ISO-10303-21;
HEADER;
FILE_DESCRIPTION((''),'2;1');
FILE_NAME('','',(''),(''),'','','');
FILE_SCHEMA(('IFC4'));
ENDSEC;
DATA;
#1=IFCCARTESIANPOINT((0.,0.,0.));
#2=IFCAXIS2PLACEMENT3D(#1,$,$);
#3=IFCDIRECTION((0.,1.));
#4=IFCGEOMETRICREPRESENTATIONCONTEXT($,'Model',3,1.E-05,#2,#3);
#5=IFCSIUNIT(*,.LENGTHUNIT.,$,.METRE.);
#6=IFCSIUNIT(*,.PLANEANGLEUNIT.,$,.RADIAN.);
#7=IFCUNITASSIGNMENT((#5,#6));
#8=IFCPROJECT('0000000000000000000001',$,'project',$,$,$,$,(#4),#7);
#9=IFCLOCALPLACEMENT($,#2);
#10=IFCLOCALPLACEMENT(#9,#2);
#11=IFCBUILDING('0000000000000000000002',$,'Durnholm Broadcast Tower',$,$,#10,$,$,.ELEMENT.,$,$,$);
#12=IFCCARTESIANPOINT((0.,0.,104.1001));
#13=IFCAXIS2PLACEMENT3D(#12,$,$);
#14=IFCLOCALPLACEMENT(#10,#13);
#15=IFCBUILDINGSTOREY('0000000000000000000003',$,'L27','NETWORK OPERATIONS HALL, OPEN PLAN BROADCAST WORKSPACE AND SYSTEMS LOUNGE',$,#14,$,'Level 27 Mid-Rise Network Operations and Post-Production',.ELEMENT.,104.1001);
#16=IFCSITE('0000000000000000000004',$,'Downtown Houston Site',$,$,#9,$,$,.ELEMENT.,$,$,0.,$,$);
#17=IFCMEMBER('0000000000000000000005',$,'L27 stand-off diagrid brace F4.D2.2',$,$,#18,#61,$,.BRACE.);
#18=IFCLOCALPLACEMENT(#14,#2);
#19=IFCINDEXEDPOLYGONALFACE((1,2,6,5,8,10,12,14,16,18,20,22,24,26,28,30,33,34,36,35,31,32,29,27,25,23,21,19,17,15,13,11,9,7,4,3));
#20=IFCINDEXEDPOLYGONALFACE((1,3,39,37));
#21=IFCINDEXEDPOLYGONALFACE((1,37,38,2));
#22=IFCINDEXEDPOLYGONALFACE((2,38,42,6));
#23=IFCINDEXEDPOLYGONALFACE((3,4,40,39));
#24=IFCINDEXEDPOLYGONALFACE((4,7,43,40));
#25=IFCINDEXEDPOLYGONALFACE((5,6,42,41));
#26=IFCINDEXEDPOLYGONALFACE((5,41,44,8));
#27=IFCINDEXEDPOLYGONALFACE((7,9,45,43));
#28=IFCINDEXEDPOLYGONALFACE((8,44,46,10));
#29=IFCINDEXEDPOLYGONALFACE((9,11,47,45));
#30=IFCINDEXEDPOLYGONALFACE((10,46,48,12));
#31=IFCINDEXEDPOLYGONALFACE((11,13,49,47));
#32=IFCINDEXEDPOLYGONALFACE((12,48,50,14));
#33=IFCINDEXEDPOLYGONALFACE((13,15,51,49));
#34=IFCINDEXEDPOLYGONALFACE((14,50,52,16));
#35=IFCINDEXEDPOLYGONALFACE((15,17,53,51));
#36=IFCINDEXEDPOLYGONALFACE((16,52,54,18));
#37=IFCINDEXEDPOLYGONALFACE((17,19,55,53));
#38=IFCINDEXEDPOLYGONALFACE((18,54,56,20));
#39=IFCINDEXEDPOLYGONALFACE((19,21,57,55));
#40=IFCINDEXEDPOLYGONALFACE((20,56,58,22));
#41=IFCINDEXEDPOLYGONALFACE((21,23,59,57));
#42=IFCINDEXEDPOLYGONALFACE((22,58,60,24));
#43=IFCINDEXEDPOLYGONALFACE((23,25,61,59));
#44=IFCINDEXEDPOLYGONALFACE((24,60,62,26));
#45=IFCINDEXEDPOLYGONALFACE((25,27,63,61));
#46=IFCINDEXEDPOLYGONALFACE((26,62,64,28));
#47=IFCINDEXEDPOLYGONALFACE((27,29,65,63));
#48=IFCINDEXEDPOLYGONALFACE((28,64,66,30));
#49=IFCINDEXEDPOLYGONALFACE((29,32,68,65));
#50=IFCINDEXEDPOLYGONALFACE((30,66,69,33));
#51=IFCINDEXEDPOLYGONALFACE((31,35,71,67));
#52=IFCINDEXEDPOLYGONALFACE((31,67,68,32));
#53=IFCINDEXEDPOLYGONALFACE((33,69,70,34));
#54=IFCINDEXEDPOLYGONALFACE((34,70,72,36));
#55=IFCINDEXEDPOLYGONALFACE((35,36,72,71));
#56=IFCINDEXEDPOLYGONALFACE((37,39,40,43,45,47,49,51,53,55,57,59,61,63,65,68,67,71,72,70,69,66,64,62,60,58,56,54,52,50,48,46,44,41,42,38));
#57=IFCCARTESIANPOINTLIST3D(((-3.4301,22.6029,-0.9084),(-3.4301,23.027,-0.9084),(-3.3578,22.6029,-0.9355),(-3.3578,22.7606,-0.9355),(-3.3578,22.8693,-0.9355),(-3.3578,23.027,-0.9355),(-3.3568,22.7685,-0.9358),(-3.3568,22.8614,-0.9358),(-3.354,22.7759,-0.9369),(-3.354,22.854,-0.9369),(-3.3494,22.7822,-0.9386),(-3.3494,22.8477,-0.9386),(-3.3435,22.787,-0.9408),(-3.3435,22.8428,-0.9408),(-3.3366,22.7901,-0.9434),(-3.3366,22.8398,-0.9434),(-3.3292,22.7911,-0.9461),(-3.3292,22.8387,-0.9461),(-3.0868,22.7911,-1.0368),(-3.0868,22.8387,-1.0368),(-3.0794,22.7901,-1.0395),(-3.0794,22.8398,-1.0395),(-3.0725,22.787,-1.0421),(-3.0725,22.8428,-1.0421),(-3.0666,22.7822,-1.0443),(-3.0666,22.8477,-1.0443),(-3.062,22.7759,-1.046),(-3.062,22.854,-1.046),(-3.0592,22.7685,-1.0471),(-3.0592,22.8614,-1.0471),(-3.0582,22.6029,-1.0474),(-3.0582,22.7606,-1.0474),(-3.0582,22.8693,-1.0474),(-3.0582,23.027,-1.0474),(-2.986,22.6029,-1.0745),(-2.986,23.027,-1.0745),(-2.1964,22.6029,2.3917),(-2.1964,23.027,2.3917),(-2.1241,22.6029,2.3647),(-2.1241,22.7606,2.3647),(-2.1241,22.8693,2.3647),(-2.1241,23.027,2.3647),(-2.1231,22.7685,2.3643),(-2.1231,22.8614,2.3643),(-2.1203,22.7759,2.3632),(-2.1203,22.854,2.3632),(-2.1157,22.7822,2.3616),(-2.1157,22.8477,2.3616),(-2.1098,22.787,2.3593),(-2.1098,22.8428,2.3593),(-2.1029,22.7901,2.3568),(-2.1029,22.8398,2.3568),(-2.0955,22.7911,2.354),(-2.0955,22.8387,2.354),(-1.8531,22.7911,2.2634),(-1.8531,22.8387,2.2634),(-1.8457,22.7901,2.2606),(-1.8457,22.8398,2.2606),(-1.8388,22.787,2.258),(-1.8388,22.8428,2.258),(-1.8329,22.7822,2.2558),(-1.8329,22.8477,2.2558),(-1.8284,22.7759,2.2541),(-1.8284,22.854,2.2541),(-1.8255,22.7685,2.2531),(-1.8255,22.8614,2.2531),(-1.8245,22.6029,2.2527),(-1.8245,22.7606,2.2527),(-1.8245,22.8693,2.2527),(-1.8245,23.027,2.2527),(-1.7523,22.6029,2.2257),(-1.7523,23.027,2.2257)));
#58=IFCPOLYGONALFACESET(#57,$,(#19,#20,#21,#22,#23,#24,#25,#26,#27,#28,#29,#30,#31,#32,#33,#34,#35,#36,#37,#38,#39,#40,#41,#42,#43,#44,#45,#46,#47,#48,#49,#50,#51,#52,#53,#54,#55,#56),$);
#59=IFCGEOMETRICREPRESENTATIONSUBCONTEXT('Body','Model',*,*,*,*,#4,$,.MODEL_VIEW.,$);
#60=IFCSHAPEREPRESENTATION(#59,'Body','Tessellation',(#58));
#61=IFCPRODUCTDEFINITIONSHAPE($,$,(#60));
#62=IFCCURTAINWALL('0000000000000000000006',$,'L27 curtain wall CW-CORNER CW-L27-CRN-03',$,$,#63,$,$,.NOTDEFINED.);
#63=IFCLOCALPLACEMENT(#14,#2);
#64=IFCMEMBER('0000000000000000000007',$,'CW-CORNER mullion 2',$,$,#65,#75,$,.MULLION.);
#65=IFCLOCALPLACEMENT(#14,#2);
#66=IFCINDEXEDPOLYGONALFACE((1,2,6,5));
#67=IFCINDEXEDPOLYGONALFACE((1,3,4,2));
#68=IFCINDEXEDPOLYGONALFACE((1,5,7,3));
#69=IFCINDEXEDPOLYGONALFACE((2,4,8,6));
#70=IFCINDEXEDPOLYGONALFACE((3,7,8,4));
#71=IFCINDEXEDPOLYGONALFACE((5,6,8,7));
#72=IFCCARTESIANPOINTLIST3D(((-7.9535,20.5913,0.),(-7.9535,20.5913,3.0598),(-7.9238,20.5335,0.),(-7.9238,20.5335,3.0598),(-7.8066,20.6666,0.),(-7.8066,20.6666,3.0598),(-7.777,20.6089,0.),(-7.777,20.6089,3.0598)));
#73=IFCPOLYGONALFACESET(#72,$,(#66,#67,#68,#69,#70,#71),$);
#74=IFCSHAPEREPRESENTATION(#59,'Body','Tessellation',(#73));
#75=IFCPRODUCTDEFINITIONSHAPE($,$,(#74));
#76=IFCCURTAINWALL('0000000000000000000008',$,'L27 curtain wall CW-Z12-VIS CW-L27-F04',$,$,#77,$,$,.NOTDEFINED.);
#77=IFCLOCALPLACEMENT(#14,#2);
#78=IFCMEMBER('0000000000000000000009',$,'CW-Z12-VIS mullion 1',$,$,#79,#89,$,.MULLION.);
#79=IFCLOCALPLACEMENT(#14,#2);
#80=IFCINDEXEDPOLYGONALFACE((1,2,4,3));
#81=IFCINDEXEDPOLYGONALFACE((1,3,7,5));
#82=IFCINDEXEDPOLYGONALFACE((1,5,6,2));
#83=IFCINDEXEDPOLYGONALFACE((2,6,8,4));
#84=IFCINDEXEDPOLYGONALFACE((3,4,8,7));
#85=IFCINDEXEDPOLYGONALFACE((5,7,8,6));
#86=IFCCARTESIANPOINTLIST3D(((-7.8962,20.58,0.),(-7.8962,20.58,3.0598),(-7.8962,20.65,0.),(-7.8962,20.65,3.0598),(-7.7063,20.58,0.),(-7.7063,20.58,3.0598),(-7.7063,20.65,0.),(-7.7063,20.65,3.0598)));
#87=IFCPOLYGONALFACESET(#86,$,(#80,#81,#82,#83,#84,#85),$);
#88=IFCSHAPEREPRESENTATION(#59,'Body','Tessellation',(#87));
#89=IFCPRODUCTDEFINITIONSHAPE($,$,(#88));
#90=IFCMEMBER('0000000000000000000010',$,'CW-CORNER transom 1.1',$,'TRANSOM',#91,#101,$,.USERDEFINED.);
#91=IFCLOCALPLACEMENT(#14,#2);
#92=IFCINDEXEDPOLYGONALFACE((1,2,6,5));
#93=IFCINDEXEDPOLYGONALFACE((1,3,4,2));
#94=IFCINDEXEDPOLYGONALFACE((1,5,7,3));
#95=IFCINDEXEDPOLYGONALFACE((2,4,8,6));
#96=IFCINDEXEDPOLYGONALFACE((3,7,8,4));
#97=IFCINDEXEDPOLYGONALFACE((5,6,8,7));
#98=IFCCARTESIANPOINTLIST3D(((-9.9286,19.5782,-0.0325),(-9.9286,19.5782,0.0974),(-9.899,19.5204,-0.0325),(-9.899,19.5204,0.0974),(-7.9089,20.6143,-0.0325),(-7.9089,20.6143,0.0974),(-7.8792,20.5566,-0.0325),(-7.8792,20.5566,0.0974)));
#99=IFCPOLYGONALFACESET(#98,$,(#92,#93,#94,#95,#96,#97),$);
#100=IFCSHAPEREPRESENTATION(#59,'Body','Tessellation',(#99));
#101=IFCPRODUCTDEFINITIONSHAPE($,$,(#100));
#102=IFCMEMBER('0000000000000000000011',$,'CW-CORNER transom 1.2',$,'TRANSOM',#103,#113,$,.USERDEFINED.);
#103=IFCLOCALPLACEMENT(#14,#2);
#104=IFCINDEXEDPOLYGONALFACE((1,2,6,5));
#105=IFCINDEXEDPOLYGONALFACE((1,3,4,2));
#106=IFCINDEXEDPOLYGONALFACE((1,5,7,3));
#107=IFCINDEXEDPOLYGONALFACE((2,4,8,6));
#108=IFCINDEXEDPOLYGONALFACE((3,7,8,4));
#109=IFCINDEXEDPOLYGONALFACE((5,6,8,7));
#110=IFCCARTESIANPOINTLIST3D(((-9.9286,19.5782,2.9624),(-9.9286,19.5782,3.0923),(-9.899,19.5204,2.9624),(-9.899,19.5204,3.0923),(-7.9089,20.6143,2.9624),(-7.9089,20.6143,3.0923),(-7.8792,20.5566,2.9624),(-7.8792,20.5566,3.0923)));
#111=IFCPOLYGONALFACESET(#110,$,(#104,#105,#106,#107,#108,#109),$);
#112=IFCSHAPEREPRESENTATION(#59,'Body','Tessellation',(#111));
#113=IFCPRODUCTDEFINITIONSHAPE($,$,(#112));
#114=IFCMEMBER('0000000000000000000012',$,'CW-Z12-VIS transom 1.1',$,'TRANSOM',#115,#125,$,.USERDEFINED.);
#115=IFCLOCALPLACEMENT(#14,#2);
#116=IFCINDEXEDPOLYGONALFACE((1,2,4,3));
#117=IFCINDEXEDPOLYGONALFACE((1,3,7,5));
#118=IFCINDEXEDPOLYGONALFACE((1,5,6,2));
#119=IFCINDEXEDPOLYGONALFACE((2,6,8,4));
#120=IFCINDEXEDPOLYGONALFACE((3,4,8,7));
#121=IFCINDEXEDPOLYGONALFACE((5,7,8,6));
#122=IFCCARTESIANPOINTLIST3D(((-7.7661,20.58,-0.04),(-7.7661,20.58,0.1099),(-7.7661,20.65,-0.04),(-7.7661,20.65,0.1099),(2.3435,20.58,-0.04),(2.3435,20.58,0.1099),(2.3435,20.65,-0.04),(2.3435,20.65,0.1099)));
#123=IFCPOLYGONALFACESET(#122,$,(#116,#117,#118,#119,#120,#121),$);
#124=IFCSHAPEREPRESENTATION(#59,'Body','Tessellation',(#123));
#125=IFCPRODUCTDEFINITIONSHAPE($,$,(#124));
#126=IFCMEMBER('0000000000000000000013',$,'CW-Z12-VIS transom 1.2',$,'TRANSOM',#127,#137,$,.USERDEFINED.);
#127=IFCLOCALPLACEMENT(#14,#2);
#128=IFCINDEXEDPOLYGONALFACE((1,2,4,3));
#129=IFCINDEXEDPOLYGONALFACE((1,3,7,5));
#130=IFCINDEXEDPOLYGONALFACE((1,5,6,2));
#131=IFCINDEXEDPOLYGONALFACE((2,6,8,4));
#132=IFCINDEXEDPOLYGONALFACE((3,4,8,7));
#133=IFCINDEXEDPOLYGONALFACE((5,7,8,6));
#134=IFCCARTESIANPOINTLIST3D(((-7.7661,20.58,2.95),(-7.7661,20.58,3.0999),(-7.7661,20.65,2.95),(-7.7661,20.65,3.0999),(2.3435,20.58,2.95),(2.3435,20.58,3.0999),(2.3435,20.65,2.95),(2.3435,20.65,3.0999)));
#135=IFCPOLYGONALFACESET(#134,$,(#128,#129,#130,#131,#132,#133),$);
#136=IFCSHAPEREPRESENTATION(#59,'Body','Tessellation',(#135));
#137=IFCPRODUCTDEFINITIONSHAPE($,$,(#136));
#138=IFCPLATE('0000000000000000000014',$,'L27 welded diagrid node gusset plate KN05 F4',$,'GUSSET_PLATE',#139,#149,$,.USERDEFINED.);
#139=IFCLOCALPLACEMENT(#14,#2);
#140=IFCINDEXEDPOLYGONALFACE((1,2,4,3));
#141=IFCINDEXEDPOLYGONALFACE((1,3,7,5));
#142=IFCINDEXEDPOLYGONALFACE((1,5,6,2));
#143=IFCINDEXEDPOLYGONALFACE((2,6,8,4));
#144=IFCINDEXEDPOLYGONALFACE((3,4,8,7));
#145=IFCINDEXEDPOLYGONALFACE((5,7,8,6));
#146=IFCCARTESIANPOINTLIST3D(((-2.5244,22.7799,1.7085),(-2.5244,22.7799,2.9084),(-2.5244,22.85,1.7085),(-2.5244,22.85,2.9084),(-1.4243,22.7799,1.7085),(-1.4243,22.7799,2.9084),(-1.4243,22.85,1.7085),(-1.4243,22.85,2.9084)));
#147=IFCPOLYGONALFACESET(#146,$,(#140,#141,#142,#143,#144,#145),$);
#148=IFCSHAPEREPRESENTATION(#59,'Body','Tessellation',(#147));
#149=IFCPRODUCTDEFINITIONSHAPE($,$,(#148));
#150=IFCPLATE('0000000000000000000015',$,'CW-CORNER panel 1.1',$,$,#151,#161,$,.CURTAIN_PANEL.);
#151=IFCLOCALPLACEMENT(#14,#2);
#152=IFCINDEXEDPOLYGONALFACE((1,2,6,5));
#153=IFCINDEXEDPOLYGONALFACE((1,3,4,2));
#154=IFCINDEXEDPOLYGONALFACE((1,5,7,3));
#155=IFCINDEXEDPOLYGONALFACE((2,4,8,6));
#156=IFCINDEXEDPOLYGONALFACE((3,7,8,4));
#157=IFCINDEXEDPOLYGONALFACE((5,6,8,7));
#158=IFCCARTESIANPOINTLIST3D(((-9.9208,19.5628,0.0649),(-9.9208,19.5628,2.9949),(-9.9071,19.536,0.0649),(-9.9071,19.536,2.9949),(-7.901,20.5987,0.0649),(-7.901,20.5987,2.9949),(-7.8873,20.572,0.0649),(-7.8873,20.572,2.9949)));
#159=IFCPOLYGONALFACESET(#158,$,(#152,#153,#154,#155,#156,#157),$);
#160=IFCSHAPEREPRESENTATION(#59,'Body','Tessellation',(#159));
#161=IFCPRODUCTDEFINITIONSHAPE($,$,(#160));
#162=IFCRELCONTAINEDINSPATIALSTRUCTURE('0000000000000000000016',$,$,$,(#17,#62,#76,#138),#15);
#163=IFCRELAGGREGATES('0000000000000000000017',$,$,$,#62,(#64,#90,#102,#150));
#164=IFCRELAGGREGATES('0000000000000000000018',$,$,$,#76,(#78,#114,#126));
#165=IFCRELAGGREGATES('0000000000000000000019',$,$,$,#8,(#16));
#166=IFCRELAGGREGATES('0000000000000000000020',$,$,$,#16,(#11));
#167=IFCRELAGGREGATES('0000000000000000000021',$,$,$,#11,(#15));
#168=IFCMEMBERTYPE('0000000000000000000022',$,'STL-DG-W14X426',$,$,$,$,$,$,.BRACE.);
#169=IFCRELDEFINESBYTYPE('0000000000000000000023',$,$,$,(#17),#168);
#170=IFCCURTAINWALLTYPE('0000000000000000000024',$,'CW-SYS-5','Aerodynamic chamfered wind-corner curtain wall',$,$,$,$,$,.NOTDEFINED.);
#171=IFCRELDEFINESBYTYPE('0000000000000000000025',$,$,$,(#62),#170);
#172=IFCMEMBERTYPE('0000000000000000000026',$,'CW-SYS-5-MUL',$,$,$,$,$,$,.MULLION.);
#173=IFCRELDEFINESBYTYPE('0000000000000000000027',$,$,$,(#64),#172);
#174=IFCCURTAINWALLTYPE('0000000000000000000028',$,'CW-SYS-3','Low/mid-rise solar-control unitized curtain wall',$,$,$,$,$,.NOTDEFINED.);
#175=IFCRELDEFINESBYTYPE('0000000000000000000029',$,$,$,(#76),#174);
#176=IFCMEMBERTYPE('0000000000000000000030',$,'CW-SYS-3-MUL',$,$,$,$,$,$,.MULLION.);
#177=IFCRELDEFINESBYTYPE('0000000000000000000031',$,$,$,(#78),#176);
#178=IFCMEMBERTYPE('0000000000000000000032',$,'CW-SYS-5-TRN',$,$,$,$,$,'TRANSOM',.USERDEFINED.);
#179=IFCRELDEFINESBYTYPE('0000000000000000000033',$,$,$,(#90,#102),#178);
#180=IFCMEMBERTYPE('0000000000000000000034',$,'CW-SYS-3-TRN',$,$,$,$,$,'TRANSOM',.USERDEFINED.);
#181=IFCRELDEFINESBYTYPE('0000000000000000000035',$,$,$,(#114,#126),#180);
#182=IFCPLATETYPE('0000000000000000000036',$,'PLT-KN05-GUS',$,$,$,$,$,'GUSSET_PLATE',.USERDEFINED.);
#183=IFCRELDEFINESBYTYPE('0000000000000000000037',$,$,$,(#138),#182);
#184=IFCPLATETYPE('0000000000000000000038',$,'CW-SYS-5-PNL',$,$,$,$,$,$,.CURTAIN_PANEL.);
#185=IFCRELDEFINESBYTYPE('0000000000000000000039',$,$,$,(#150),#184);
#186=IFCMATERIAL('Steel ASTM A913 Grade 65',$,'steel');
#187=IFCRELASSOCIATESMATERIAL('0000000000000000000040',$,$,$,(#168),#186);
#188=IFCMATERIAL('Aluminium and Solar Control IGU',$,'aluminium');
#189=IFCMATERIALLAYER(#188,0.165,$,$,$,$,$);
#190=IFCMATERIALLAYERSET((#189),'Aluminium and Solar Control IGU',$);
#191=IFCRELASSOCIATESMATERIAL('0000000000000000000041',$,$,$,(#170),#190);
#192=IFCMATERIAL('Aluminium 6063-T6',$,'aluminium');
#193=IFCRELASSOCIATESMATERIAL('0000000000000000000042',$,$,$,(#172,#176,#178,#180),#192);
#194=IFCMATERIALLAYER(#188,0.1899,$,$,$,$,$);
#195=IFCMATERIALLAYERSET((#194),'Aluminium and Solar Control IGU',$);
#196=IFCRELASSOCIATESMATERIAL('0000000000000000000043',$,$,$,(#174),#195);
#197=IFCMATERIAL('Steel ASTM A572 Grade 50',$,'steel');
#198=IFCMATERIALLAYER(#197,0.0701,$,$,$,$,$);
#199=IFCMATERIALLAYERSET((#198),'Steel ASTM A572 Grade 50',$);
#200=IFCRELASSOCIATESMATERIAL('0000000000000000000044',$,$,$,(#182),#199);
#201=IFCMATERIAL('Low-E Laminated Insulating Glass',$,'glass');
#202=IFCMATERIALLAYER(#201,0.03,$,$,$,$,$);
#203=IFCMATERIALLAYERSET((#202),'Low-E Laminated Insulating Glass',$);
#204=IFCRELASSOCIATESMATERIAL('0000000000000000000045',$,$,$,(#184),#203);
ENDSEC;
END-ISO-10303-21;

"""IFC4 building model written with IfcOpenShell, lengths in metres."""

from ifc_helpers import new_model, si_unit, direction, frame, origin, origin_2d, place, context, subcontext, project, spatial, rectangle, i_section, extrude, source, transform, mapped, material, layer, layer_set, material_profile, profile_set, type_object, type_shapes, element, aggregate, save


model = new_model("IFC4")

# Units and contexts
model_context = context("Model", 3, precision=1e-05, world=origin(), true_north=direction((0.0, 1.0)))
body_context = subcontext(model_context, "Body", "Model", "MODEL_VIEW")
ifc_project = project(units=[si_unit("LENGTHUNIT", "METRE"), si_unit("PLANEANGLEUNIT", "RADIAN")], contexts=[model_context])

# Site, building, storey
site_placement = place(None, origin())
site = spatial("IfcSite", under=ifc_project, at=site_placement, Name="Downtown Houston Site", CompositionType="ELEMENT", RefElevation=0.0)
building_placement = place(site_placement, origin())
building = spatial("IfcBuilding", under=site, at=building_placement, Name="Durnholm Broadcast Tower", CompositionType="ELEMENT")
storey_placement = place(building_placement, frame((0.0, 0.0, 104.1001)))
storey = spatial("IfcBuildingStorey", under=building, at=storey_placement, Name="L27", Description="NETWORK OPERATIONS HALL, OPEN PLAN BROADCAST WORKSPACE AND SYSTEMS LOUNGE", LongName="Level 27 Mid-Rise Network Operations and Post-Production", CompositionType="ELEMENT", Elevation=104.1001)

# Member
ifc_material_1 = material(Name="Steel ASTM A913 Grade 65", Category="steel")
ifc_material_profile_1 = material_profile(ifc_material_1, i_section(OverallWidth=0.4241, OverallDepth=0.4741, WebThickness=0.0476, FlangeThickness=0.0771, FilletRadius=0.0305, at=origin_2d()), Name="W14X426")
ifc_profile_set_1 = profile_set([ifc_material_profile_1], Name="Steel ASTM A913 Grade 65")
member_type_1 = type_object("IfcMemberType", Name="STL-DG-W14X426", PredefinedType="BRACE", material=ifc_profile_set_1)
shared_shape_1 = source(origin(), body_context, "Body", "SweptSolid", [
    extrude(i_section(OverallWidth=0.4241, OverallDepth=0.4741, WebThickness=0.0476, FlangeThickness=0.0771, FilletRadius=0.0305, at=origin_2d()), origin(), (0.0, 0.0, 1.0), 3.5232),
])
type_shapes(member_type_1, [shared_shape_1])
for number, where, z_axis, x_axis, name in (
    (1, (-3.208, 22.8149, -0.9915), (0.350159, 0.0, 0.93669), (0.0, 1.0, 0.0), "L27 stand-off diagrid brace F4.D2.2"),
):
    element("IfcMember", number, at=place(storey_placement, frame(where, z_axis=z_axis, x_axis=x_axis)), inside=storey, type_object=member_type_1, Name=name, PredefinedType="BRACE", context=body_context, shape_type="MappedRepresentation", body=[
        mapped(shared_shape_1, transform((0.0, 0.0, 0.0), x_axis=(1.0, 0.0, 0.0), y_axis=(0.0, 1.0, 0.0), z_axis=(0.0, 0.0, 1.0), scale=1.0)),
    ])

# Curtain walls, members
ifc_material_2 = material(Name="Aluminium and Solar Control IGU", Category="aluminium")
ifc_layer_1 = layer(ifc_material_2, 0.165)
ifc_layer_set_1 = layer_set([ifc_layer_1], Name="Aluminium and Solar Control IGU")
curtain_wall_type_1 = type_object("IfcCurtainWallType", Name="CW-SYS-5", Description="Aerodynamic chamfered wind-corner curtain wall", PredefinedType="NOTDEFINED", material=ifc_layer_set_1)
curtain_wall_1_placement = place(storey_placement, origin())
curtain_wall_1 = element("IfcCurtainWall", 2, at=curtain_wall_1_placement, inside=storey, type_object=curtain_wall_type_1, Name="L27 curtain wall CW-CORNER CW-L27-CRN-03", PredefinedType="NOTDEFINED")
ifc_material_3 = material(Name="Aluminium 6063-T6", Category="aluminium")
ifc_material_profile_2 = material_profile(ifc_material_3, rectangle(XDim=0.0649, YDim=0.165, at=origin_2d()), Name="CWM65X165")
ifc_profile_set_2 = profile_set([ifc_material_profile_2], Name="Aluminium 6063-T6")
member_type_2 = type_object("IfcMemberType", Name="CW-SYS-5-MUL", PredefinedType="MULLION", material=ifc_profile_set_2)
shared_shape_2 = source(origin(), body_context, "Body", "SweptSolid", [
    extrude(rectangle(XDim=0.0649, YDim=0.165, at=origin_2d()), origin(), (0.0, 0.0, 1.0), 3.0598),
])
type_shapes(member_type_2, [shared_shape_2])
member_1_placement = place(storey_placement, frame((-7.8652, 20.6001, 0.0), z_axis=(0.0, 0.0, 1.0), x_axis=(-0.456373, 0.889788, 0.0)))
member_1 = element("IfcMember", 3, at=member_1_placement, type_object=member_type_2, Name="CW-CORNER mullion 2", PredefinedType="MULLION", context=body_context, shape_type="MappedRepresentation", body=[
    mapped(shared_shape_2, transform((0.0, 0.0, 0.0), x_axis=(1.0, 0.0, 0.0), y_axis=(0.0, 1.0, 0.0), z_axis=(0.0, 0.0, 1.0), scale=1.0)),
])
ifc_layer_2 = layer(ifc_material_2, 0.1899)
ifc_layer_set_2 = layer_set([ifc_layer_2], Name="Aluminium and Solar Control IGU")
curtain_wall_type_2 = type_object("IfcCurtainWallType", Name="CW-SYS-3", Description="Low/mid-rise solar-control unitized curtain wall", PredefinedType="NOTDEFINED", material=ifc_layer_set_2)
curtain_wall_2_placement = place(storey_placement, origin())
curtain_wall_2 = element("IfcCurtainWall", 4, at=curtain_wall_2_placement, inside=storey, type_object=curtain_wall_type_2, Name="L27 curtain wall CW-Z12-VIS CW-L27-F04", PredefinedType="NOTDEFINED")
ifc_material_profile_3 = material_profile(ifc_material_3, rectangle(XDim=0.0701, YDim=0.1899, at=origin_2d()), Name="CWM70X190")
ifc_profile_set_3 = profile_set([ifc_material_profile_3], Name="Aluminium 6063-T6")
member_type_3 = type_object("IfcMemberType", Name="CW-SYS-3-MUL", PredefinedType="MULLION", material=ifc_profile_set_3)
shared_shape_3 = source(origin(), body_context, "Body", "SweptSolid", [
    extrude(rectangle(XDim=0.0701, YDim=0.1899, at=origin_2d()), origin(), (0.0, 0.0, 1.0), 3.0598),
])
type_shapes(member_type_3, [shared_shape_3])
member_2_placement = place(storey_placement, frame((-7.8013, 20.615, 0.0), z_axis=(0.0, 0.0, 1.0), x_axis=(0.0, 1.0, 0.0)))
member_2 = element("IfcMember", 5, at=member_2_placement, type_object=member_type_3, Name="CW-Z12-VIS mullion 1", PredefinedType="MULLION", context=body_context, shape_type="MappedRepresentation", body=[
    mapped(shared_shape_3, transform((0.0, 0.0, 0.0), x_axis=(1.0, 0.0, 0.0), y_axis=(0.0, 1.0, 0.0), z_axis=(0.0, 0.0, 1.0), scale=1.0)),
])

# Members
ifc_material_profile_4 = material_profile(ifc_material_3, rectangle(XDim=0.0649, YDim=0.1299, at=origin_2d()), Name="CWT65X130")
ifc_profile_set_4 = profile_set([ifc_material_profile_4], Name="Aluminium 6063-T6")
member_type_4 = type_object("IfcMemberType", Name="CW-SYS-5-TRN", ElementType="TRANSOM", PredefinedType="USERDEFINED", material=ifc_profile_set_4)
shared_shape_4 = source(origin(), body_context, "Body", "SweptSolid", [
    extrude(rectangle(XDim=0.0649, YDim=0.1299, at=origin_2d()), origin(), (0.0, 0.0, 1.0), 2.27),
])
type_shapes(member_type_4, [shared_shape_4])
member_3_placement = place(storey_placement, frame((-9.9138, 19.5493, 0.0325), z_axis=(0.889755, 0.456439, 0.0), x_axis=(-0.456439, 0.889755, 0.0)))
member_3 = element("IfcMember", 6, at=member_3_placement, type_object=member_type_4, Name="CW-CORNER transom 1.1", ObjectType="TRANSOM", PredefinedType="USERDEFINED", context=body_context, shape_type="MappedRepresentation", body=[
    mapped(shared_shape_4, transform((0.0, 0.0, 0.0), x_axis=(1.0, 0.0, 0.0), y_axis=(0.0, 1.0, 0.0), z_axis=(0.0, 0.0, 1.0), scale=1.0)),
])
member_4_placement = place(storey_placement, frame((-9.9138, 19.5493, 3.0273), z_axis=(0.889755, 0.456439, 0.0), x_axis=(-0.456439, 0.889755, 0.0)))
member_4 = element("IfcMember", 7, at=member_4_placement, type_object=member_type_4, Name="CW-CORNER transom 1.2", ObjectType="TRANSOM", PredefinedType="USERDEFINED", context=body_context, shape_type="MappedRepresentation", body=[
    mapped(shared_shape_4, transform((0.0, 0.0, 0.0), x_axis=(1.0, 0.0, 0.0), y_axis=(0.0, 1.0, 0.0), z_axis=(0.0, 0.0, 1.0), scale=1.0)),
])
ifc_material_profile_5 = material_profile(ifc_material_3, rectangle(XDim=0.0701, YDim=0.1499, at=origin_2d()), Name="CWT70X150")
ifc_profile_set_5 = profile_set([ifc_material_profile_5], Name="Aluminium 6063-T6")
member_type_5 = type_object("IfcMemberType", Name="CW-SYS-3-TRN", ElementType="TRANSOM", PredefinedType="USERDEFINED", material=ifc_profile_set_5)
shared_shape_5 = source(origin(), body_context, "Body", "SweptSolid", [
    extrude(rectangle(XDim=0.0701, YDim=0.1499, at=origin_2d()), origin(), (0.0, 0.0, 1.0), 10.1096),
])
type_shapes(member_type_5, [shared_shape_5])
member_5_placement = place(storey_placement, frame((-7.7661, 20.615, 0.0349), z_axis=(1.0, 0.0, 0.0), x_axis=(0.0, 1.0, 0.0)))
member_5 = element("IfcMember", 8, at=member_5_placement, type_object=member_type_5, Name="CW-Z12-VIS transom 1.1", ObjectType="TRANSOM", PredefinedType="USERDEFINED", context=body_context, shape_type="MappedRepresentation", body=[
    mapped(shared_shape_5, transform((0.0, 0.0, 0.0), x_axis=(1.0, 0.0, 0.0), y_axis=(0.0, 1.0, 0.0), z_axis=(0.0, 0.0, 1.0), scale=1.0)),
])
member_6_placement = place(storey_placement, frame((-7.7661, 20.615, 3.0249), z_axis=(1.0, 0.0, 0.0), x_axis=(0.0, 1.0, 0.0)))
member_6 = element("IfcMember", 9, at=member_6_placement, type_object=member_type_5, Name="CW-Z12-VIS transom 1.2", ObjectType="TRANSOM", PredefinedType="USERDEFINED", context=body_context, shape_type="MappedRepresentation", body=[
    mapped(shared_shape_5, transform((0.0, 0.0, 0.0), x_axis=(1.0, 0.0, 0.0), y_axis=(0.0, 1.0, 0.0), z_axis=(0.0, 0.0, 1.0), scale=1.0)),
])

# Plates
ifc_material_4 = material(Name="Steel ASTM A572 Grade 50", Category="steel")
ifc_layer_3 = layer(ifc_material_4, 0.0701)
ifc_layer_set_3 = layer_set([ifc_layer_3], Name="Steel ASTM A572 Grade 50")
plate_type_1 = type_object("IfcPlateType", Name="PLT-KN05-GUS", ElementType="GUSSET_PLATE", PredefinedType="USERDEFINED", material=ifc_layer_set_3)
shared_shape_6 = source(origin(), body_context, "Body", "SweptSolid", [
    extrude(rectangle(XDim=1.1001, YDim=0.0701, at=origin_2d()), origin(), (0.0, 0.0, 1.0), 1.2),
])
type_shapes(plate_type_1, [shared_shape_6])
plate_1_placement = place(storey_placement, frame((-1.9744, 22.8149, 1.7085), z_axis=(0.0, 0.0, 1.0), x_axis=(-1.0, 0.0, 0.0)))
element("IfcPlate", 10, at=plate_1_placement, inside=storey, type_object=plate_type_1, Name="L27 welded diagrid node gusset plate KN05 F4", ObjectType="GUSSET_PLATE", PredefinedType="USERDEFINED", context=body_context, shape_type="MappedRepresentation", body=[
    mapped(shared_shape_6, transform((0.0, 0.0, 0.0), x_axis=(1.0, 0.0, 0.0), y_axis=(0.0, 1.0, 0.0), z_axis=(0.0, 0.0, 1.0), scale=1.0)),
])
ifc_material_5 = material(Name="Low-E Laminated Insulating Glass", Category="glass")
ifc_layer_4 = layer(ifc_material_5, 0.03)
ifc_layer_set_4 = layer_set([ifc_layer_4], Name="Low-E Laminated Insulating Glass")
plate_type_2 = type_object("IfcPlateType", Name="CW-SYS-5-PNL", PredefinedType="CURTAIN_PANEL", material=ifc_layer_set_4)
shared_shape_7 = source(origin(), body_context, "Body", "SweptSolid", [
    extrude(rectangle(XDim=2.27, YDim=0.03, at=origin_2d()), origin(), (0.0, 0.0, 1.0), 2.9299),
])
type_shapes(plate_type_2, [shared_shape_7])
plate_2_placement = place(storey_placement, frame((-8.9041, 20.0674, 0.0649), z_axis=(0.0, 0.0, 1.0), x_axis=(0.889788, 0.456373, 0.0)))
plate_2 = element("IfcPlate", 11, at=plate_2_placement, type_object=plate_type_2, Name="CW-CORNER panel 1.1", PredefinedType="CURTAIN_PANEL", context=body_context, shape_type="MappedRepresentation", body=[
    mapped(shared_shape_7, transform((0.0, 0.0, 0.0), x_axis=(1.0, 0.0, 0.0), y_axis=(0.0, 1.0, 0.0), z_axis=(0.0, 0.0, 1.0), scale=1.0)),
])
aggregate(curtain_wall_1, [member_1, member_3, member_4, plate_2])
aggregate(curtain_wall_2, [member_2, member_5, member_6])

save(model, "model.ifc")
